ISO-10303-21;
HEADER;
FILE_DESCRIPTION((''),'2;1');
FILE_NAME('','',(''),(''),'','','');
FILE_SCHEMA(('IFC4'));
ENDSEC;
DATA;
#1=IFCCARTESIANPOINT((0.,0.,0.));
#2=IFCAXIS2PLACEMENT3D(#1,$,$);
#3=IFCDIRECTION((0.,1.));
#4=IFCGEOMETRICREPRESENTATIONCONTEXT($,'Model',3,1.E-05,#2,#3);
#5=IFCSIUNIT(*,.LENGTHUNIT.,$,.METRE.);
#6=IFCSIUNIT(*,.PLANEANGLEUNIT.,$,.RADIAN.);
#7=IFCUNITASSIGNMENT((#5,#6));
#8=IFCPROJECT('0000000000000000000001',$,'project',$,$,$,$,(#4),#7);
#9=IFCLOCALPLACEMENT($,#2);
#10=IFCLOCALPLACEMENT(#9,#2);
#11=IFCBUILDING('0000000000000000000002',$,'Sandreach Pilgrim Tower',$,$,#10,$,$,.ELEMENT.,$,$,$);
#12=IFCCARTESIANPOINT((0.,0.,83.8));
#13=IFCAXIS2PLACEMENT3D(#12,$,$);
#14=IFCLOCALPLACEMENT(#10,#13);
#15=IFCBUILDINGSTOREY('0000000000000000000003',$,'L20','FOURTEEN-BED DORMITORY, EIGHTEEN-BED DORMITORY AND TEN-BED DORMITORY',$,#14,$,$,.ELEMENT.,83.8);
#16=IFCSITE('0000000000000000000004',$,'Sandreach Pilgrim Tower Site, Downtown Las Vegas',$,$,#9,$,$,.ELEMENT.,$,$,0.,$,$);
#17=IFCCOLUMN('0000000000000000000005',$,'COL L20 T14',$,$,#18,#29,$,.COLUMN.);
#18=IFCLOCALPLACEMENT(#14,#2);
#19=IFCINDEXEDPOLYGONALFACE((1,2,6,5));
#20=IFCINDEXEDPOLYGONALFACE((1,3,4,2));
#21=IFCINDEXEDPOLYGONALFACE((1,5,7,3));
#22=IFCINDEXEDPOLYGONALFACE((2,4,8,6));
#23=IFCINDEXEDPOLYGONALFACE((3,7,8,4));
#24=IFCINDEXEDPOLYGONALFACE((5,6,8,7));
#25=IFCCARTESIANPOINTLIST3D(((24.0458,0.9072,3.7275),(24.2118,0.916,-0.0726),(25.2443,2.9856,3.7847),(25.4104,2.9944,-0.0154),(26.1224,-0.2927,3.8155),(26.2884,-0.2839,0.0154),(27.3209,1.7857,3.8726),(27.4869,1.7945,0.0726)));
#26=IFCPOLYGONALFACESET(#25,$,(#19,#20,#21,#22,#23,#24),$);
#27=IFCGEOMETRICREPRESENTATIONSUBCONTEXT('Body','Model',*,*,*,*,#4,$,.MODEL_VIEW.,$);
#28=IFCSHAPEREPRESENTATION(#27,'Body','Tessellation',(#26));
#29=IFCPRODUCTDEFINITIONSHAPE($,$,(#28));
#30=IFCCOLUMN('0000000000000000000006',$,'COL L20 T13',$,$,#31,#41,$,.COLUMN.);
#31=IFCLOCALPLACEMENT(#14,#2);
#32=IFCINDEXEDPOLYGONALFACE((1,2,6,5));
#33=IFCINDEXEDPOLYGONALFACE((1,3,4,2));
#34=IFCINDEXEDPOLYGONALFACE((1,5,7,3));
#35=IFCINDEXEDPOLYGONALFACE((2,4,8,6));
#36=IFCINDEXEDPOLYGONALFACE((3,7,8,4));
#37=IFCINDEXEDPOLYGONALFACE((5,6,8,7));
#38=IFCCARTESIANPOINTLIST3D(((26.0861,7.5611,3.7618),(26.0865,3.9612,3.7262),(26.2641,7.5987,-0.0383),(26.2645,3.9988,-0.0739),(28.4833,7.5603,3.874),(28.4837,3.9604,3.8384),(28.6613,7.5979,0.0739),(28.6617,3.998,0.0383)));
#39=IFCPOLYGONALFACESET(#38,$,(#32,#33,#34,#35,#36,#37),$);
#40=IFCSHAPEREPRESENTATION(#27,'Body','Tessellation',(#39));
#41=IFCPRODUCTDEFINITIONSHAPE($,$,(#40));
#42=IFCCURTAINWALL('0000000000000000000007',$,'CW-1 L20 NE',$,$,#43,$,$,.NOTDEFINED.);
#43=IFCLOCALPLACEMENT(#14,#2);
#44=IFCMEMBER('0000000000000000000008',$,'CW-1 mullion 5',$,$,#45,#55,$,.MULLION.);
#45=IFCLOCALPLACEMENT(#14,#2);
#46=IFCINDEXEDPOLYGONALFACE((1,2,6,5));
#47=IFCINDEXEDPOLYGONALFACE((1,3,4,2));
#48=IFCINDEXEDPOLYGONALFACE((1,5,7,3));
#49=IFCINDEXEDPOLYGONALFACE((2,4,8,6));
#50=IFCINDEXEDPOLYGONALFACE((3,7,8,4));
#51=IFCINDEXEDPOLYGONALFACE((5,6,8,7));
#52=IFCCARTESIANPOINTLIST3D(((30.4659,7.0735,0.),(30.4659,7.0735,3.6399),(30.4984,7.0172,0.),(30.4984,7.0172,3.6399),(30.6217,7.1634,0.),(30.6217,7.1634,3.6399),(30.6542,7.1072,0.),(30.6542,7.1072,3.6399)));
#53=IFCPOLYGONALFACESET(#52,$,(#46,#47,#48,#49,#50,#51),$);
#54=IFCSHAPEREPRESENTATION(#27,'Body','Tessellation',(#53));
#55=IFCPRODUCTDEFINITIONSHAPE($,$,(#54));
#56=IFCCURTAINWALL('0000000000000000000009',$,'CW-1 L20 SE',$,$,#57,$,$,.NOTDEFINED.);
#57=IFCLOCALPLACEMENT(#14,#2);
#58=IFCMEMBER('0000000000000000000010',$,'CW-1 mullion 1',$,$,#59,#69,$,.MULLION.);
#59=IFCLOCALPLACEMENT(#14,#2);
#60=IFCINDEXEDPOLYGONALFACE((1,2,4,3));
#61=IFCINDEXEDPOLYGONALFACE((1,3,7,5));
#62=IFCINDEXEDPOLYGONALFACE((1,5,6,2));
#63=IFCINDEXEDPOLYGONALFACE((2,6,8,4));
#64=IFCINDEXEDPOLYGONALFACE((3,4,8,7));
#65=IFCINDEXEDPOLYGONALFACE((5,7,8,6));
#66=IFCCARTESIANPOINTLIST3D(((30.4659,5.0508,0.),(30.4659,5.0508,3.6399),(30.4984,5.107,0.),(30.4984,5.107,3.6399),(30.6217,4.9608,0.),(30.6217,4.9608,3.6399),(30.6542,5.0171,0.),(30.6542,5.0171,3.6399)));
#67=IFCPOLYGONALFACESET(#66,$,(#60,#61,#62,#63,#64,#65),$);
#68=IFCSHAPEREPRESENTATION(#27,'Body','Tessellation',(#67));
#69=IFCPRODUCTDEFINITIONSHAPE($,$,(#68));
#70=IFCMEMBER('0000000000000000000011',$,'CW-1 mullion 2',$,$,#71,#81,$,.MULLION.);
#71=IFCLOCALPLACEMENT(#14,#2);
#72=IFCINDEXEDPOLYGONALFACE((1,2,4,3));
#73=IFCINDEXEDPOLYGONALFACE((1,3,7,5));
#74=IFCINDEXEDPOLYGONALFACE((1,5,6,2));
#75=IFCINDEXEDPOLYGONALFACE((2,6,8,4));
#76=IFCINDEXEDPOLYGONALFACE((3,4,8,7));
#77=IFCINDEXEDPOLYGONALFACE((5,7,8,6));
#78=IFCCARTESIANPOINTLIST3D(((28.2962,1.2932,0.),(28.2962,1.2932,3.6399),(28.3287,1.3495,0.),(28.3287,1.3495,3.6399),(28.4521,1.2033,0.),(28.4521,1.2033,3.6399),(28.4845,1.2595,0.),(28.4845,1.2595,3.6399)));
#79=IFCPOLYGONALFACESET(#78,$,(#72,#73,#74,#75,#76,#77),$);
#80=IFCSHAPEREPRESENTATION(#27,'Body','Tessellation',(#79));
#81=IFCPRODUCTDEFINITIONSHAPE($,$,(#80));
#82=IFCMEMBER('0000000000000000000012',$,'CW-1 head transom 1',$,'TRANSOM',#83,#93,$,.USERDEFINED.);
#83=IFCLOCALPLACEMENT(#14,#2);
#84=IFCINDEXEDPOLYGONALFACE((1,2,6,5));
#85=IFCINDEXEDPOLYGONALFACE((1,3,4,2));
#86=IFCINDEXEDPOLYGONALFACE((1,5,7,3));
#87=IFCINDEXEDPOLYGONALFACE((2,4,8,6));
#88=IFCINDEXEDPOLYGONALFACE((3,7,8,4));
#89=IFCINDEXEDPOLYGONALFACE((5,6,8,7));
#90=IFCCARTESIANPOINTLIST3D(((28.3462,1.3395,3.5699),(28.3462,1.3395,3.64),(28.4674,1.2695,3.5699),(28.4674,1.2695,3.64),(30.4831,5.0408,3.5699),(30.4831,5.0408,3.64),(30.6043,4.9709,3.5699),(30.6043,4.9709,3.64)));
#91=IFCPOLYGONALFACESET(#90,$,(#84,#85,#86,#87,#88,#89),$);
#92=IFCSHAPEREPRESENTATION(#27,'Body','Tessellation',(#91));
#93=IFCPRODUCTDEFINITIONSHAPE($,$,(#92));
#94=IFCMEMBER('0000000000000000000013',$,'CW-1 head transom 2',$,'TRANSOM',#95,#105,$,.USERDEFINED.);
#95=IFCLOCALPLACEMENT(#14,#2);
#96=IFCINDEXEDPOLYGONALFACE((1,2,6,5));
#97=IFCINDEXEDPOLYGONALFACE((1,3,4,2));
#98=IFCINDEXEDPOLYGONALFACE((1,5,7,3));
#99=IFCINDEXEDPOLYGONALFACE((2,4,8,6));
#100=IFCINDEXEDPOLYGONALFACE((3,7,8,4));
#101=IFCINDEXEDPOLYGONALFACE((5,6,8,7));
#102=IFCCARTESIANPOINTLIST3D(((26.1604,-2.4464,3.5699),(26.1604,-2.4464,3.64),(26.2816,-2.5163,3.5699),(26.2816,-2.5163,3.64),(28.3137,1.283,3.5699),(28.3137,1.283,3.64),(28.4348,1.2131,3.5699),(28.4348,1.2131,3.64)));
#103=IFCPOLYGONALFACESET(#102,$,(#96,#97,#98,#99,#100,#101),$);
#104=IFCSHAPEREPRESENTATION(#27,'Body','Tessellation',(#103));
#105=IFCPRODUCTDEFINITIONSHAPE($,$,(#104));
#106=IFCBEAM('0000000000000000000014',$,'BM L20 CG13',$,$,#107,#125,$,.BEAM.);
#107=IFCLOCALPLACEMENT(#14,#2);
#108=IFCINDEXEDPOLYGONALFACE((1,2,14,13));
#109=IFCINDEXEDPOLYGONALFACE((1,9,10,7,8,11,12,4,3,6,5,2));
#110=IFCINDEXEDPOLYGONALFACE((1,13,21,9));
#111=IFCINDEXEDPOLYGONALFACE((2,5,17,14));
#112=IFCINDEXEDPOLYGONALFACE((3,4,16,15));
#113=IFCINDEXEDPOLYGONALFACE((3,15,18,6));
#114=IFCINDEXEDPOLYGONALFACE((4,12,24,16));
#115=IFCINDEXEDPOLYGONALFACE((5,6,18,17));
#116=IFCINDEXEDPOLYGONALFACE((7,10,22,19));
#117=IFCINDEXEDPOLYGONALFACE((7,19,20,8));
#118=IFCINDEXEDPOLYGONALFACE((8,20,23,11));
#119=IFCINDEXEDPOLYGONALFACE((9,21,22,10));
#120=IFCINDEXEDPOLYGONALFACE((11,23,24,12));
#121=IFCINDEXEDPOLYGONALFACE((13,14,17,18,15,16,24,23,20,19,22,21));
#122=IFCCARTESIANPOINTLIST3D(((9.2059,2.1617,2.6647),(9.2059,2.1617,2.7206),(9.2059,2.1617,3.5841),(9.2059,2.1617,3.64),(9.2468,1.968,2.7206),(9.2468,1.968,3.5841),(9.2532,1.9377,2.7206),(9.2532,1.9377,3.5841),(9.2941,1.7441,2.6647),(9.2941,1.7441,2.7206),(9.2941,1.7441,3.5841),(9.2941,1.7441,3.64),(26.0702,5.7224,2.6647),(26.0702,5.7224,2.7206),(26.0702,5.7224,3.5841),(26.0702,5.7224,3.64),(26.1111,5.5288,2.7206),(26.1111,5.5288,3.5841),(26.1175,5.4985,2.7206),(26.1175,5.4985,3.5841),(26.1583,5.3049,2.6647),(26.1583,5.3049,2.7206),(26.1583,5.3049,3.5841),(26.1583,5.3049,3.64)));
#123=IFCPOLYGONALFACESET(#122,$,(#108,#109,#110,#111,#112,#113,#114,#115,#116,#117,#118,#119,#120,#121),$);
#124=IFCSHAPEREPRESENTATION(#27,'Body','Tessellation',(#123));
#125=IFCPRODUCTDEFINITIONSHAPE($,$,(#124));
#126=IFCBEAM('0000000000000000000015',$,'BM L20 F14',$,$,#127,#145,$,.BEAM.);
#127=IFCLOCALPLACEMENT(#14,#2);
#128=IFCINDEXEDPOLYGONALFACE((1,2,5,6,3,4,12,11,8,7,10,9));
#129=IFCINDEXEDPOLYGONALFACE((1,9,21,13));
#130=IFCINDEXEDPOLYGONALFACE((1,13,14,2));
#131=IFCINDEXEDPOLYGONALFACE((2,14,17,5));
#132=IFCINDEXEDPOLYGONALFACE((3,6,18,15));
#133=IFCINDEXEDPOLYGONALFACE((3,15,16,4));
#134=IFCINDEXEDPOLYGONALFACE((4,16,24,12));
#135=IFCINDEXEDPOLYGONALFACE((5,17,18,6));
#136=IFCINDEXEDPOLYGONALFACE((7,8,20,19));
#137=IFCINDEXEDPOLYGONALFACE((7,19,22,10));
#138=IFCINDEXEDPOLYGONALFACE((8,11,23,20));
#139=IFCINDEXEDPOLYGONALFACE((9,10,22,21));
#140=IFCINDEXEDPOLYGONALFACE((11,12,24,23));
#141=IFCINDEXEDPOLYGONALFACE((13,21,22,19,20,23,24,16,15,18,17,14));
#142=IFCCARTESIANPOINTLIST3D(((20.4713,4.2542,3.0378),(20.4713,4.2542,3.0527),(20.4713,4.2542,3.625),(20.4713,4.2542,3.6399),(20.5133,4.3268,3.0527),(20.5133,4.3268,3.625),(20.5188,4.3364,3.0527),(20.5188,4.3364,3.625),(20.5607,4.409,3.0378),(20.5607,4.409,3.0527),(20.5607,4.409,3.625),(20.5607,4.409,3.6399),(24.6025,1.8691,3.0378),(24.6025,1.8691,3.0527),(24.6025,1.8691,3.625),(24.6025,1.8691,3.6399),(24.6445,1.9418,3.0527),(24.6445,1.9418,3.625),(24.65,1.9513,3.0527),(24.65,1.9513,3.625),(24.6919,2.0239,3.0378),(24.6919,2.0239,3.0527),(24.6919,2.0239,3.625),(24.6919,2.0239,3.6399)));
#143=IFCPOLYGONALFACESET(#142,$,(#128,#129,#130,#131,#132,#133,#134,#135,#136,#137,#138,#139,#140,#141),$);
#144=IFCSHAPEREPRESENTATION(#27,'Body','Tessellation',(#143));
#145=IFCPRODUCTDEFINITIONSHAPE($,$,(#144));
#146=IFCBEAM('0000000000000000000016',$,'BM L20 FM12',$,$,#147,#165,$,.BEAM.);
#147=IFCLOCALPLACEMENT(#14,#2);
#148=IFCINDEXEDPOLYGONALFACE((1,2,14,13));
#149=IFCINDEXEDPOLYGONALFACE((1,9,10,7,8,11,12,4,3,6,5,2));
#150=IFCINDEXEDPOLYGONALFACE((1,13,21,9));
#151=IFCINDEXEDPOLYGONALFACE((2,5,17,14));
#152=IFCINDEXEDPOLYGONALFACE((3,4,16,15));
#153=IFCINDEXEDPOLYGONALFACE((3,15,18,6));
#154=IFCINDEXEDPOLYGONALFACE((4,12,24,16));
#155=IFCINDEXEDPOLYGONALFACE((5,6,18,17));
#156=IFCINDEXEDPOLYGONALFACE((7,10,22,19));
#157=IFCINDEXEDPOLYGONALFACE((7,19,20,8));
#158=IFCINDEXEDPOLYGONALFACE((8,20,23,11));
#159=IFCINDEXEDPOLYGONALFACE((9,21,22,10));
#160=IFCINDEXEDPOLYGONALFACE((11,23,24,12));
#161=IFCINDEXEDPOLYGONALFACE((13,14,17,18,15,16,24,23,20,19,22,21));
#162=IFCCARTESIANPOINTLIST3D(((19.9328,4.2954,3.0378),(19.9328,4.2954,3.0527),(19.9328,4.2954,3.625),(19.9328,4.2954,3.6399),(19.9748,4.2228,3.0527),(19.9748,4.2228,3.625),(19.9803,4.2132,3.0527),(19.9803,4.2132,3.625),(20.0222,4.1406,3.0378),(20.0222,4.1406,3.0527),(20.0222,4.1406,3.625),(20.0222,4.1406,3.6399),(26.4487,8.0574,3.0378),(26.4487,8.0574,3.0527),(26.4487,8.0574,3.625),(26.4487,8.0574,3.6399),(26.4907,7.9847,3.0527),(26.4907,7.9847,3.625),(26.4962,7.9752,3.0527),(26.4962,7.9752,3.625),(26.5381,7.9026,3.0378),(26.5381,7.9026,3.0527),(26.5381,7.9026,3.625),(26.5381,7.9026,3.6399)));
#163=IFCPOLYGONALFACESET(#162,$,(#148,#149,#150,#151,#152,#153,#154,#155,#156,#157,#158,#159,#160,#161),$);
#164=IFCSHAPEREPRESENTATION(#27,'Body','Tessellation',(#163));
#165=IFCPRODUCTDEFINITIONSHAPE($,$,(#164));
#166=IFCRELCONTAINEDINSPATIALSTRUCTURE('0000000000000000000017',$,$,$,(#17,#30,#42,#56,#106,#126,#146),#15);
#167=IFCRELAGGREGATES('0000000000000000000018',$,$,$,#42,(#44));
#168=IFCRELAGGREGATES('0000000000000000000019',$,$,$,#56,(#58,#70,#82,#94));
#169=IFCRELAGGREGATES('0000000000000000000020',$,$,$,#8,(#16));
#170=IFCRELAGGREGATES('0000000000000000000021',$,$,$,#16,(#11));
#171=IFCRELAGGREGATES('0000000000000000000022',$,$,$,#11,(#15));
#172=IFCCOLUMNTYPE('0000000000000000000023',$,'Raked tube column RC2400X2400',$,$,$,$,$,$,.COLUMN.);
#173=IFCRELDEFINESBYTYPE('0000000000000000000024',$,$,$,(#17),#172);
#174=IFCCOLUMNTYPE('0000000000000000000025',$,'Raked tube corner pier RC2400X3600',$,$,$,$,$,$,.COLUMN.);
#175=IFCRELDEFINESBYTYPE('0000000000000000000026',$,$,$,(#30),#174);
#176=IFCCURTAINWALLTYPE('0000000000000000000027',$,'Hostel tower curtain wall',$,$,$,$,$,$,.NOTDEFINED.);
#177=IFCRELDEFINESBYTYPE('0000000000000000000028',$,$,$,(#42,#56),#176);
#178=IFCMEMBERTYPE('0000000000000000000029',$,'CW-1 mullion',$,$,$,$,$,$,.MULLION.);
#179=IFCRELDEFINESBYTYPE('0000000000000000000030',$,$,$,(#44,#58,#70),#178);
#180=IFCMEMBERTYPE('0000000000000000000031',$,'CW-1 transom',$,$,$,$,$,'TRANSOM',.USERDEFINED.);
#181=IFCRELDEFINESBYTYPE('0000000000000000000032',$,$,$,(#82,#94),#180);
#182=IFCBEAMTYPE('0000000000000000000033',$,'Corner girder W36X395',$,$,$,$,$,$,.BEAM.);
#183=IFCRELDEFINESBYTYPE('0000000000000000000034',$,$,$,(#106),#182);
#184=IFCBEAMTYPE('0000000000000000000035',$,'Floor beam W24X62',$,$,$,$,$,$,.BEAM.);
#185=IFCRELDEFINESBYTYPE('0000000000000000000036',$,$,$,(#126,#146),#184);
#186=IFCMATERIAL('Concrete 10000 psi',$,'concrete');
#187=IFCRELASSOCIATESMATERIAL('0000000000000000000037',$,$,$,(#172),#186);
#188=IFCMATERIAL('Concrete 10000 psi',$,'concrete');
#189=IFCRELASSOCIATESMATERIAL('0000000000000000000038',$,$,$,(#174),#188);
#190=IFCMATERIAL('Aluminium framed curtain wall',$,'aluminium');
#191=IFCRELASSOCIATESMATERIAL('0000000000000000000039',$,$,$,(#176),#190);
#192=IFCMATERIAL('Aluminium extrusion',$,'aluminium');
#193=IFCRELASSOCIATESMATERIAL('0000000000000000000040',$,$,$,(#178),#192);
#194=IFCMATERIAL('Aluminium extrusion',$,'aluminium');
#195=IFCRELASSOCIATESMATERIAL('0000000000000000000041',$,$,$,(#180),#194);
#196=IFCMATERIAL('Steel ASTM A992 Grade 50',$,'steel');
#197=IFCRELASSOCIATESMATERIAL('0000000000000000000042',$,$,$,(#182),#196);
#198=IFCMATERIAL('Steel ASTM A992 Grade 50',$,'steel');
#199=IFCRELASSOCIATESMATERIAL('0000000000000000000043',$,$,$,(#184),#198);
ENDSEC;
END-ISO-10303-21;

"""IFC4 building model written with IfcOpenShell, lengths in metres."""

from ifc_helpers import new_model, si_unit, direction, frame, origin, origin_2d, place, context, subcontext, project, spatial, rectangle, i_section, extrude, material, material_profile, profile_set, type_object, element, aggregate, save


model = new_model("IFC4")

# Units and contexts
model_context = context("Model", 3, precision=1e-05, world=origin(), true_north=direction((0.0, 1.0)))
body_context = subcontext(model_context, "Body", "Model", "MODEL_VIEW")
ifc_project = project(units=[si_unit("LENGTHUNIT", "METRE"), si_unit("PLANEANGLEUNIT", "RADIAN")], contexts=[model_context])

# Site, building, storey
site_placement = place(None, origin())
site = spatial("IfcSite", under=ifc_project, at=site_placement, Name="Sandreach Pilgrim Tower Site, Downtown Las Vegas", CompositionType="ELEMENT", RefElevation=0.0)
building_placement = place(site_placement, origin())
building = spatial("IfcBuilding", under=site, at=building_placement, Name="Sandreach Pilgrim Tower", CompositionType="ELEMENT")
storey_placement = place(building_placement, frame((0.0, 0.0, 83.8)))
storey = spatial("IfcBuildingStorey", under=building, at=storey_placement, Name="L20", Description="FOURTEEN-BED DORMITORY, EIGHTEEN-BED DORMITORY AND TEN-BED DORMITORY", CompositionType="ELEMENT", Elevation=83.8)

# Columns
ifc_material_1 = material(Name="Concrete 10000 psi", Category="concrete")
ifc_material_profile_1 = material_profile(ifc_material_1, rectangle(XDim=2.3999, YDim=2.3999, at=origin_2d()), Name="RC2400X2400")
ifc_profile_set_1 = profile_set([ifc_material_profile_1], Name="Concrete 10000 psi")
column_type_1 = type_object("IfcColumnType", Name="Raked tube column RC2400X2400", PredefinedType="COLUMN", material=ifc_profile_set_1)
column_1_placement = place(storey_placement, frame((25.8494, 1.3552, 0.0), z_axis=(-0.043646, -0.002311, 0.999044), x_axis=(0.865265, -0.499974, 0.036645)))
element("IfcColumn", 1, at=column_1_placement, inside=storey, type_object=column_type_1, Name="COL L20 T14", PredefinedType="COLUMN", context=body_context, shape_type="SweptSolid", body=[
    extrude(rectangle(XDim=2.3999, YDim=2.3999, at=origin_2d()), origin(), (0.0, 0.0, 1.0), 3.8037),
])
ifc_material_2 = material(Name="Concrete 10000 psi", Category="concrete")
ifc_material_profile_2 = material_profile(ifc_material_2, rectangle(XDim=2.3999, YDim=3.6001, at=origin_2d()), Name="RC2400X3600")
ifc_profile_set_2 = profile_set([ifc_material_profile_2], Name="Concrete 10000 psi")
column_type_2 = type_object("IfcColumnType", Name="Raked tube corner pier RC2400X3600", PredefinedType="COLUMN", material=ifc_profile_set_2)
column_2_placement = place(storey_placement, frame((27.4629, 5.7983, 0.0), z_axis=(-0.046782, -0.009883, 0.998856), x_axis=(0.998905, -0.000352, 0.046781)))
element("IfcColumn", 2, at=column_2_placement, inside=storey, type_object=column_type_2, Name="COL L20 T13", PredefinedType="COLUMN", context=body_context, shape_type="SweptSolid", body=[
    extrude(rectangle(XDim=2.3999, YDim=3.6001, at=origin_2d()), origin(), (0.0, 0.0, 1.0), 3.8044),
])

# Curtain wall, member
ifc_material_3 = material(Name="Aluminium framed curtain wall", Category="aluminium")
curtain_wall_type = type_object("IfcCurtainWallType", Name="Hostel tower curtain wall", PredefinedType="NOTDEFINED", material=ifc_material_3)
curtain_wall_1_placement = place(storey_placement, origin())
curtain_wall_1 = element("IfcCurtainWall", 3, at=curtain_wall_1_placement, inside=storey, type_object=curtain_wall_type, Name="CW-1 L20 NE", PredefinedType="NOTDEFINED")
ifc_material_4 = material(Name="Aluminium extrusion", Category="aluminium")
ifc_material_profile_3 = material_profile(ifc_material_4, rectangle(XDim=0.0649, YDim=0.1799, at=origin_2d()), Name="CW-1M 65X180")
ifc_profile_set_3 = profile_set([ifc_material_profile_3], Name="Aluminium extrusion")
member_type_1 = type_object("IfcMemberType", Name="CW-1 mullion", PredefinedType="MULLION", material=ifc_profile_set_3)
member_1_placement = place(storey_placement, frame((30.5601, 7.0903, 0.0), z_axis=(0.0, 0.0, 1.0), x_axis=(0.5, -0.866025, 0.0)))
member_1 = element("IfcMember", 4, at=member_1_placement, type_object=member_type_1, Name="CW-1 mullion 5", PredefinedType="MULLION", context=body_context, shape_type="SweptSolid", body=[
    extrude(rectangle(XDim=0.0649, YDim=0.1799, at=origin_2d()), origin(), (0.0, 0.0, 1.0), 3.6399),
])

# Curtain wall, members
curtain_wall_2_placement = place(storey_placement, origin())
curtain_wall_2 = element("IfcCurtainWall", 5, at=curtain_wall_2_placement, inside=storey, type_object=curtain_wall_type, Name="CW-1 L20 SE", PredefinedType="NOTDEFINED")
member_2_placement = place(storey_placement, frame((30.5601, 5.0339, 0.0), z_axis=(0.0, 0.0, 1.0), x_axis=(-0.5, -0.866025, 0.0)))
member_2 = element("IfcMember", 6, at=member_2_placement, type_object=member_type_1, Name="CW-1 mullion 1", PredefinedType="MULLION", context=body_context, shape_type="SweptSolid", body=[
    extrude(rectangle(XDim=0.0649, YDim=0.1799, at=origin_2d()), origin(), (0.0, 0.0, 1.0), 3.6399),
])
member_3_placement = place(storey_placement, frame((28.3904, 1.2764, 0.0), z_axis=(0.0, 0.0, 1.0), x_axis=(-0.5, -0.866025, 0.0)))
member_3 = element("IfcMember", 7, at=member_3_placement, type_object=member_type_1, Name="CW-1 mullion 2", PredefinedType="MULLION", context=body_context, shape_type="SweptSolid", body=[
    extrude(rectangle(XDim=0.0649, YDim=0.1799, at=origin_2d()), origin(), (0.0, 0.0, 1.0), 3.6399),
])
ifc_material_5 = material(Name="Aluminium extrusion", Category="aluminium")
ifc_material_profile_4 = material_profile(ifc_material_5, rectangle(XDim=0.1399, YDim=0.0701, at=origin_2d()), Name="CW-1T 140X70")
ifc_profile_set_4 = profile_set([ifc_material_profile_4], Name="Aluminium extrusion")
member_type_2 = type_object("IfcMemberType", Name="CW-1 transom", ElementType="TRANSOM", PredefinedType="USERDEFINED", material=ifc_profile_set_4)
member_4_placement = place(storey_placement, frame((30.5437, 5.0059, 3.605), z_axis=(-0.499991, -0.866031, 0.0), x_axis=(0.866031, -0.499991, 0.0)))
member_4 = element("IfcMember", 8, at=member_4_placement, type_object=member_type_2, Name="CW-1 head transom 1", ObjectType="TRANSOM", PredefinedType="USERDEFINED", context=body_context, shape_type="SweptSolid", body=[
    extrude(rectangle(XDim=0.1399, YDim=0.0701, at=origin_2d()), origin(), (0.0, 0.0, 1.0), 4.2739),
])
member_5_placement = place(storey_placement, frame((28.3743, 1.248, 3.605), z_axis=(-0.500017, -0.866016, 0.0), x_axis=(0.866016, -0.500017, 0.0)))
member_5 = element("IfcMember", 9, at=member_5_placement, type_object=member_type_2, Name="CW-1 head transom 2", ObjectType="TRANSOM", PredefinedType="USERDEFINED", context=body_context, shape_type="SweptSolid", body=[
    extrude(rectangle(XDim=0.1399, YDim=0.0701, at=origin_2d()), origin(), (0.0, 0.0, 1.0), 4.3064),
])

# Beams
ifc_material_6 = material(Name="Steel ASTM A992 Grade 50", Category="steel")
ifc_material_profile_5 = material_profile(ifc_material_6, i_section(OverallWidth=0.4268, OverallDepth=0.9753, WebThickness=0.031, FlangeThickness=0.0559, at=origin_2d()), Name="W36X395")
ifc_profile_set_5 = profile_set([ifc_material_profile_5], Name="Steel ASTM A992 Grade 50")
beam_type_1 = type_object("IfcBeamType", Name="Corner girder W36X395", PredefinedType="BEAM", material=ifc_profile_set_5)
beam_1_placement = place(storey_placement, frame((26.1143, 5.5137, 3.1523), z_axis=(-0.978428, -0.206589, 0.0), x_axis=(0.206589, -0.978428, 0.0)))
element("IfcBeam", 10, at=beam_1_placement, inside=storey, type_object=beam_type_1, Name="BM L20 CG13", PredefinedType="BEAM", context=body_context, shape_type="SweptSolid", body=[
    extrude(i_section(OverallWidth=0.4268, OverallDepth=0.9753, WebThickness=0.031, FlangeThickness=0.0559, at=origin_2d()), origin(), (0.0, 0.0, 1.0), 17.2361),
])
ifc_material_7 = material(Name="Steel ASTM A992 Grade 50", Category="steel")
ifc_material_profile_6 = material_profile(ifc_material_7, i_section(OverallWidth=0.1787, OverallDepth=0.6021, WebThickness=0.011, FlangeThickness=0.0149, at=origin_2d()), Name="W24X62")
ifc_profile_set_6 = profile_set([ifc_material_profile_6], Name="Steel ASTM A992 Grade 50")
beam_type_2 = type_object("IfcBeamType", Name="Floor beam W24X62", PredefinedType="BEAM", material=ifc_profile_set_6)
beam_2_placement = place(storey_placement, frame((24.6472, 1.9465, 3.3389), z_axis=(-0.866033, 0.499987, 0.0), x_axis=(-0.499987, -0.866033, 0.0)))
element("IfcBeam", 11, at=beam_2_placement, inside=storey, type_object=beam_type_2, Name="BM L20 F14", PredefinedType="BEAM", context=body_context, shape_type="SweptSolid", body=[
    extrude(i_section(OverallWidth=0.1787, OverallDepth=0.6021, WebThickness=0.011, FlangeThickness=0.0149, at=origin_2d()), origin(), (0.0, 0.0, 1.0), 4.7703),
])
beam_3_placement = place(storey_placement, frame((26.4934, 7.98, 3.3389), z_axis=(-0.866024, -0.500002, 0.0), x_axis=(0.500002, -0.866024, 0.0)))
element("IfcBeam", 12, at=beam_3_placement, inside=storey, type_object=beam_type_2, Name="BM L20 FM12", PredefinedType="BEAM", context=body_context, shape_type="SweptSolid", body=[
    extrude(i_section(OverallWidth=0.1787, OverallDepth=0.6021, WebThickness=0.011, FlangeThickness=0.0149, at=origin_2d()), origin(), (0.0, 0.0, 1.0), 7.5239),
])

aggregate(curtain_wall_1, [member_1])
aggregate(curtain_wall_2, [member_2, member_3, member_4, member_5])

save(model, "model.ifc")
